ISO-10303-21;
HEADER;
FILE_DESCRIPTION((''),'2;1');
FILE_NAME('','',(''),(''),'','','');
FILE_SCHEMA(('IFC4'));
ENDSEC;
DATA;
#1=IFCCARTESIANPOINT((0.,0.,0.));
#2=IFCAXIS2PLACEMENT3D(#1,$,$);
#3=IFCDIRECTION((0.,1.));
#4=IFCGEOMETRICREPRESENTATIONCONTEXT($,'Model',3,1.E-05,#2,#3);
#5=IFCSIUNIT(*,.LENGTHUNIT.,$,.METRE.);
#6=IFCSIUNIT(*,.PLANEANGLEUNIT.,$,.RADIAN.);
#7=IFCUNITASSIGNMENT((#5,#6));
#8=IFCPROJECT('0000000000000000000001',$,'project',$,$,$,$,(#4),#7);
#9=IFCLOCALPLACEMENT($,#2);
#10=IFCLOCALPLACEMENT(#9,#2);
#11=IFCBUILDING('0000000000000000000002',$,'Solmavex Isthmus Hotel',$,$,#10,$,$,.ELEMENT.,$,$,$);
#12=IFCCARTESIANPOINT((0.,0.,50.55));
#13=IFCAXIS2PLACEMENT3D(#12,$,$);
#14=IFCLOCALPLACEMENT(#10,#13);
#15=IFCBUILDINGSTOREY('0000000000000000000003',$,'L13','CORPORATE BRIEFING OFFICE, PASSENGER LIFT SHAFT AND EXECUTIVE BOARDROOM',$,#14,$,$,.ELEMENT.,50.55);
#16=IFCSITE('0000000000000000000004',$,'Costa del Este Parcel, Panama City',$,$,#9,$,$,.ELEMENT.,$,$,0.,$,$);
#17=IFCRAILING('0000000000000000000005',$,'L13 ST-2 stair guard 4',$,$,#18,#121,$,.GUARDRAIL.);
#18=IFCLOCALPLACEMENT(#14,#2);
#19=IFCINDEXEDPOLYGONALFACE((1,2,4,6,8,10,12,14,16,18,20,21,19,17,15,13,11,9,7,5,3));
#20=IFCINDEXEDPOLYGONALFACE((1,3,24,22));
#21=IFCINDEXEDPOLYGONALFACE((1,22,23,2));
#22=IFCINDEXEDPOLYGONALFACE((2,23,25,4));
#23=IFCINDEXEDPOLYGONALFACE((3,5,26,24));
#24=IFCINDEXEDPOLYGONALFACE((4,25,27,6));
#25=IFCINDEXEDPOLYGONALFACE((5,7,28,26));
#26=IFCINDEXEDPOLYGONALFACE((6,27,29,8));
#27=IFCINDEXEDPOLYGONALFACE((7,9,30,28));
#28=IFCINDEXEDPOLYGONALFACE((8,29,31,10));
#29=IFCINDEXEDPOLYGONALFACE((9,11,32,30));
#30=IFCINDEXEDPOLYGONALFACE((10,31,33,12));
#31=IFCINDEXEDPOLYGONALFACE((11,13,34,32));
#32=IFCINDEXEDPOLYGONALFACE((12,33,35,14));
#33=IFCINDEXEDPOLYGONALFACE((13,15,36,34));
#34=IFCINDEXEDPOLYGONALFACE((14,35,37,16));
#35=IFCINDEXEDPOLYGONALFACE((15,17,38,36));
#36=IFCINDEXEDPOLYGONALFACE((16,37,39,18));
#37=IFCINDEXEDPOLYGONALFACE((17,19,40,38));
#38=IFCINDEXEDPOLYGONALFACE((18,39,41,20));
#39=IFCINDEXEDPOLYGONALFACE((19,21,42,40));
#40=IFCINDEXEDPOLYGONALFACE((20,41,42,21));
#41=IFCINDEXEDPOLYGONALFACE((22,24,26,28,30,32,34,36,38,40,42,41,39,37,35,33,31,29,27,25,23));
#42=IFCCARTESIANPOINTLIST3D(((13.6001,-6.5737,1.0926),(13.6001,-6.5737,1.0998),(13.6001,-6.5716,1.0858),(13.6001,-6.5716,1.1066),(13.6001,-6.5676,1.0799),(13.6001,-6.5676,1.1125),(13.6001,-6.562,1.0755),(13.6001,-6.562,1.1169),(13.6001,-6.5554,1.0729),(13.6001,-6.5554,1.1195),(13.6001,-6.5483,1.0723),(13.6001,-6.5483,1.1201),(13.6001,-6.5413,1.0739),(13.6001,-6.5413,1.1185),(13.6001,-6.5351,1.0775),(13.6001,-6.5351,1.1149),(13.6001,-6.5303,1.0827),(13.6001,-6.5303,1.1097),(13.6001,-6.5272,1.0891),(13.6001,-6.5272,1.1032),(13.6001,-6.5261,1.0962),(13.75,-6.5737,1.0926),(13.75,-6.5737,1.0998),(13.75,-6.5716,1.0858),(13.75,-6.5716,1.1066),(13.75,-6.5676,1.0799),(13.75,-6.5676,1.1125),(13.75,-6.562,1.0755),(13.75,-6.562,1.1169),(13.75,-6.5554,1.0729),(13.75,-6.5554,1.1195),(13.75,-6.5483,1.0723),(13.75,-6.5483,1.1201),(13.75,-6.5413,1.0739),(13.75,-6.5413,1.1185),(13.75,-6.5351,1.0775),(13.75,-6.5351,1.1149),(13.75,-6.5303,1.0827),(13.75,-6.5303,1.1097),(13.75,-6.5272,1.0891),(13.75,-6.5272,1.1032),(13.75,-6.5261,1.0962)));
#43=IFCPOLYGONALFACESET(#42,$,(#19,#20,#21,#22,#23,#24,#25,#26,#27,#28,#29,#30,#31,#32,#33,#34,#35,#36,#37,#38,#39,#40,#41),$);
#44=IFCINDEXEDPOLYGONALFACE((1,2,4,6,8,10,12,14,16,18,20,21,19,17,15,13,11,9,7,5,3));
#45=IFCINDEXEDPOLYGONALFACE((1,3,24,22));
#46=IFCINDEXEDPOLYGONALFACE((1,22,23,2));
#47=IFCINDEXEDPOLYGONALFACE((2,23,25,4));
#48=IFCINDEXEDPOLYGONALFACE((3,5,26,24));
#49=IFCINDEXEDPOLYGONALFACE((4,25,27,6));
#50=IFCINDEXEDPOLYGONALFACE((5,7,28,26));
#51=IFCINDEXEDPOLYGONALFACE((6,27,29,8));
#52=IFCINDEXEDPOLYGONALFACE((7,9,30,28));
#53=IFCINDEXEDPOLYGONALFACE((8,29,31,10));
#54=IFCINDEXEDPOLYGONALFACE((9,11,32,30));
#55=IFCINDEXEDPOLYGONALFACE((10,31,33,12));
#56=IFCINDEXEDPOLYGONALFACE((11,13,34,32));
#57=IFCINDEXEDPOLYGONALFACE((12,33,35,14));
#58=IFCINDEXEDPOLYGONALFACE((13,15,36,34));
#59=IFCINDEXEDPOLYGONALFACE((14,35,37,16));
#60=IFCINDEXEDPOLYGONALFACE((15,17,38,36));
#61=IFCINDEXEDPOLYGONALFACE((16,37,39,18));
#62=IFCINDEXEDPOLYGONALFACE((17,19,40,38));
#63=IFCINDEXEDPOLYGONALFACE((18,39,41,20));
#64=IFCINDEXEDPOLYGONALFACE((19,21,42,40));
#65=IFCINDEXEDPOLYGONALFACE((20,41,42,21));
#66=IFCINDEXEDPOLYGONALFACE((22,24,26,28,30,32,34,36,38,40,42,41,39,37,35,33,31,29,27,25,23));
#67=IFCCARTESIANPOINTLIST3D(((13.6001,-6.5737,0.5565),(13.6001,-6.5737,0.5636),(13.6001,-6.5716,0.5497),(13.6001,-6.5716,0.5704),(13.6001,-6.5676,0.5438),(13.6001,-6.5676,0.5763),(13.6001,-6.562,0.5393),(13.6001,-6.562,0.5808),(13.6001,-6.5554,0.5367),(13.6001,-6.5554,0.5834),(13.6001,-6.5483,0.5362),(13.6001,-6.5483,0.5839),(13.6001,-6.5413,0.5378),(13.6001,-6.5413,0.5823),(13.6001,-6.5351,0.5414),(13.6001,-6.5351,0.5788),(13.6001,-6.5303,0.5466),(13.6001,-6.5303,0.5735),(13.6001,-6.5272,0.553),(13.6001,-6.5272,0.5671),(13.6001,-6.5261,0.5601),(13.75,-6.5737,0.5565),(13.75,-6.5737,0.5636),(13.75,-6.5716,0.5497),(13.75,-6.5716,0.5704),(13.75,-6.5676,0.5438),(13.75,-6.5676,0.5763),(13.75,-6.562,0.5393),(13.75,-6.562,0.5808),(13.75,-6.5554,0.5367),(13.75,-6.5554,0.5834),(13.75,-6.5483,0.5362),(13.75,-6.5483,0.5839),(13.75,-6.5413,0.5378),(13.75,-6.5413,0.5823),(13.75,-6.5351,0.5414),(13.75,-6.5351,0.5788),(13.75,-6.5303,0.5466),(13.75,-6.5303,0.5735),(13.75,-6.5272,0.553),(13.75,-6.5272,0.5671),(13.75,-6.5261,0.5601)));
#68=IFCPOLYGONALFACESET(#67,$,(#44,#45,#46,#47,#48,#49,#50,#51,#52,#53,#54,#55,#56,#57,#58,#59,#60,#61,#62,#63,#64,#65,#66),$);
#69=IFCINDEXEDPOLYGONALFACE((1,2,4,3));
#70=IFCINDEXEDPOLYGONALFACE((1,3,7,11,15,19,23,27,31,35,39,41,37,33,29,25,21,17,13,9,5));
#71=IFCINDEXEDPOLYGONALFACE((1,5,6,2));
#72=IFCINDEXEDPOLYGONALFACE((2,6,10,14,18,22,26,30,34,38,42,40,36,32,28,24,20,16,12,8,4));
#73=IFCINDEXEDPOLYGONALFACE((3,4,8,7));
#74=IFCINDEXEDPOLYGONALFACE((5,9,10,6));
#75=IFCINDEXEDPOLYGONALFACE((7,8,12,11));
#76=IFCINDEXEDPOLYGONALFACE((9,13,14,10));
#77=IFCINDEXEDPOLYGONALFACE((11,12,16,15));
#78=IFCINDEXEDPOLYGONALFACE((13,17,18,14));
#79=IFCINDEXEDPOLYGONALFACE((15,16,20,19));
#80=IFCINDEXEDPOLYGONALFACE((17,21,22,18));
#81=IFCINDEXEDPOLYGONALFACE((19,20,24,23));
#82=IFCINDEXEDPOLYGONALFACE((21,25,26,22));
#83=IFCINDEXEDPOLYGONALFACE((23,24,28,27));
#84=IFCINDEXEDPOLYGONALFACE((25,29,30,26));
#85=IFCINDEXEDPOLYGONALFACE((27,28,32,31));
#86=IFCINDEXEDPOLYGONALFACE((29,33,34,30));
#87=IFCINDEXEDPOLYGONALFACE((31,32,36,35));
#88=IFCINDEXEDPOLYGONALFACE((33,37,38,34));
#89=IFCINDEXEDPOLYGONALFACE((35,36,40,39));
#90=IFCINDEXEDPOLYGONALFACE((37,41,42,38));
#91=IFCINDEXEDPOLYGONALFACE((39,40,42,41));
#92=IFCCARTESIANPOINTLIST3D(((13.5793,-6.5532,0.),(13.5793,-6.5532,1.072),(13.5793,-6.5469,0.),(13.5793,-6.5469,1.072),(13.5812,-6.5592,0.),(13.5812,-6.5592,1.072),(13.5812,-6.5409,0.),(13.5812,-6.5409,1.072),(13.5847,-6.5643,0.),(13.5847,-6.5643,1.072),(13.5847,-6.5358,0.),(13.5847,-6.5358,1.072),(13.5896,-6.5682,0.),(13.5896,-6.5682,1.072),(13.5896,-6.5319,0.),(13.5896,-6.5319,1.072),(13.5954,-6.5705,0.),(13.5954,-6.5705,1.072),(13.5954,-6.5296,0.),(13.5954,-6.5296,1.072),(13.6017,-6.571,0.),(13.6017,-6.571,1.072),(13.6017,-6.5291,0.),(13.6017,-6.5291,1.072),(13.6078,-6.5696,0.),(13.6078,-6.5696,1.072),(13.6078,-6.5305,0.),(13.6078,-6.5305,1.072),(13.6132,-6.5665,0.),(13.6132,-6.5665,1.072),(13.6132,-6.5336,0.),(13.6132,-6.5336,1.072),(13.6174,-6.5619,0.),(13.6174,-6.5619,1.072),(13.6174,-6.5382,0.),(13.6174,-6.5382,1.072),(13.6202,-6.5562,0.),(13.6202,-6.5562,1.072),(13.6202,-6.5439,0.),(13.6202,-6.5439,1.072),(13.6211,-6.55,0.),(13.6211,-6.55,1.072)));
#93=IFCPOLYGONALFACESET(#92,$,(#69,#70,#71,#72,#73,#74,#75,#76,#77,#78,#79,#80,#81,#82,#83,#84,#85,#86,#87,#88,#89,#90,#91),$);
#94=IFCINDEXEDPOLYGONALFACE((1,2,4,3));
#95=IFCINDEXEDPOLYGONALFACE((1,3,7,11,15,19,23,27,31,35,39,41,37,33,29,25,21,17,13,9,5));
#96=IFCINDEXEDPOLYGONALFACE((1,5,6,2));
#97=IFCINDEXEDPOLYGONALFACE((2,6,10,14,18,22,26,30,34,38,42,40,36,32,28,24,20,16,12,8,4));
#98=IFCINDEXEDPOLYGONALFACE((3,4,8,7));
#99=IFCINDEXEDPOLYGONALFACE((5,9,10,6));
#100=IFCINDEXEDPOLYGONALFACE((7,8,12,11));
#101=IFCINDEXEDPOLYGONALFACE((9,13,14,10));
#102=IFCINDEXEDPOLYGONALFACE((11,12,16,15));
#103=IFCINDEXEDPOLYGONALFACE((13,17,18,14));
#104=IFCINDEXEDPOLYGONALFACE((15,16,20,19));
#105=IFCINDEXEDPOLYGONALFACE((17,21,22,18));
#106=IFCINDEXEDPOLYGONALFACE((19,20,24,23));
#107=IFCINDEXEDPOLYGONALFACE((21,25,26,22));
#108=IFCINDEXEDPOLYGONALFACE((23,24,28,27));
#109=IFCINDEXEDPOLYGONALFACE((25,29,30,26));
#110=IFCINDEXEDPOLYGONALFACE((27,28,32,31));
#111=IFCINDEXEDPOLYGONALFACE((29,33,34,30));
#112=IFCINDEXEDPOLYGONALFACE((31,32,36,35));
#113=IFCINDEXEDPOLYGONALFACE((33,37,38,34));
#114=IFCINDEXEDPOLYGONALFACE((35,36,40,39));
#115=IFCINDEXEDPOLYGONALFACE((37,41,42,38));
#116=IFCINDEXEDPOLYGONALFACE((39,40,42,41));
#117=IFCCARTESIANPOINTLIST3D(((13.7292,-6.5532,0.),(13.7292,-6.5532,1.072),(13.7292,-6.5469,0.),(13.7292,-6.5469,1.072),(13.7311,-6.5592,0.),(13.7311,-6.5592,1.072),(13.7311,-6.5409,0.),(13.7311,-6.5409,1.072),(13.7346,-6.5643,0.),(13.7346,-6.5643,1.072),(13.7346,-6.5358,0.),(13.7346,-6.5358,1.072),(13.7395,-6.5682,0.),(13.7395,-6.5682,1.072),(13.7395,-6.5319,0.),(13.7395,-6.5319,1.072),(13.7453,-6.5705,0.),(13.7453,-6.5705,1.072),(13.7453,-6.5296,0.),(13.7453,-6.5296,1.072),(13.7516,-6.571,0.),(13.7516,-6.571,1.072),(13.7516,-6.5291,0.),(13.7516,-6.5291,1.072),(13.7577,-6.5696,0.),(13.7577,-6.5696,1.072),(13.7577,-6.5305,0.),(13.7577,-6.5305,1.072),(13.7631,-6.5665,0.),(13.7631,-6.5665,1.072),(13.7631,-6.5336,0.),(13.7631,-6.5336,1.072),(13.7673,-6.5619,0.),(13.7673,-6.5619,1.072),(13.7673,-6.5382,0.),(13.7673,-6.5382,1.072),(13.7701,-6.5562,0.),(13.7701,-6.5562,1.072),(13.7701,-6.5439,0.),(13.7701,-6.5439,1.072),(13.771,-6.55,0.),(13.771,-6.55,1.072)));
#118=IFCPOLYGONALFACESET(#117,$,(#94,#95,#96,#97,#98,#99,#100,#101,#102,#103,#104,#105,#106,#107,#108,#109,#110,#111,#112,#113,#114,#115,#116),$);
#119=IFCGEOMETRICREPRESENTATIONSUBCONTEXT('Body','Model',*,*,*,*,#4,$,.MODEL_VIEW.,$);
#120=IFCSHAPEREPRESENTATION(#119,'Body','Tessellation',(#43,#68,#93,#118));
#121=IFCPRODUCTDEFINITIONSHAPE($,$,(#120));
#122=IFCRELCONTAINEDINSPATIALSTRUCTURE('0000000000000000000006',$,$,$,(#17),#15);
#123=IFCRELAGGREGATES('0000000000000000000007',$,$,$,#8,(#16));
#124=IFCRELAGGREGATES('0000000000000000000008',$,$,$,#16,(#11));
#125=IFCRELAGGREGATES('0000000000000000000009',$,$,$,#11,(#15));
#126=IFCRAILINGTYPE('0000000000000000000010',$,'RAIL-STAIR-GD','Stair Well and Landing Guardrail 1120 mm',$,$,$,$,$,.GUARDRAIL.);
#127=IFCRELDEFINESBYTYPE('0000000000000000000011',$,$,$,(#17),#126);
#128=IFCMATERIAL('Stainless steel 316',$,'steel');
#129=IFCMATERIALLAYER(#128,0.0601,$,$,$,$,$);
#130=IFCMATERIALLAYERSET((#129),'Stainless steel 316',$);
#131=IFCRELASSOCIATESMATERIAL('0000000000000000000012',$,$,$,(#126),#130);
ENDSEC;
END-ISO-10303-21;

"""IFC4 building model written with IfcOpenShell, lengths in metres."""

from ifc_helpers import new_model, si_unit, direction, frame, origin, origin_2d, place, context, subcontext, project, spatial, circle, extrude, material, layer, layer_set, type_object, element, save


model = new_model("IFC4")

# Units and contexts
model_context = context("Model", 3, precision=1e-05, world=origin(), true_north=direction((0.0, 1.0)))
body_context = subcontext(model_context, "Body", "Model", "MODEL_VIEW")
ifc_project = project(units=[si_unit("LENGTHUNIT", "METRE"), si_unit("PLANEANGLEUNIT", "RADIAN")], contexts=[model_context])

# Site, building, storey
site_placement = place(None, origin())
site = spatial("IfcSite", under=ifc_project, at=site_placement, Name="Costa del Este Parcel, Panama City", CompositionType="ELEMENT", RefElevation=0.0)
building_placement = place(site_placement, origin())
building = spatial("IfcBuilding", under=site, at=building_placement, Name="Solmavex Isthmus Hotel", CompositionType="ELEMENT")
storey_placement = place(building_placement, frame((0.0, 0.0, 50.55)))
storey = spatial("IfcBuildingStorey", under=building, at=storey_placement, Name="L13", Description="CORPORATE BRIEFING OFFICE, PASSENGER LIFT SHAFT AND EXECUTIVE BOARDROOM", CompositionType="ELEMENT", Elevation=50.55)

# Railing
ifc_material_1 = material(Name="Stainless steel 316", Category="steel")
ifc_layer_1 = layer(ifc_material_1, 0.0601)
ifc_layer_set_1 = layer_set([ifc_layer_1], Name="Stainless steel 316")
railing_type_1 = type_object("IfcRailingType", Name="RAIL-STAIR-GD", Description="Stair Well and Landing Guardrail 1120 mm", PredefinedType="GUARDRAIL", material=ifc_layer_set_1)
railing_1_placement = place(storey_placement, frame((13.6001, -6.55, 0.0)))
element("IfcRailing", 1, at=railing_1_placement, inside=storey, type_object=railing_type_1, Name="L13 ST-2 stair guard 4", PredefinedType="GUARDRAIL", context=body_context, shape_type="SweptSolid", body=[
    extrude(circle(Radius=0.0239, at=origin_2d()), frame((0.0, 0.0, 1.0962), z_axis=(1.0, 0.0, 0.0), x_axis=(0.0, 1.0, 0.0)), (0.0, 0.0, 1.0), 0.1499),
    extrude(circle(Radius=0.0239, at=origin_2d()), frame((0.0, 0.0, 0.5601), z_axis=(1.0, 0.0, 0.0), x_axis=(0.0, 1.0, 0.0)), (0.0, 0.0, 1.0), 0.1499),
    extrude(circle(Radius=0.021, at=origin_2d()), origin(), (0.0, 0.0, 1.0), 1.072),
    extrude(circle(Radius=0.021, at=origin_2d()), frame((0.1499, 0.0, 0.0)), (0.0, 0.0, 1.0), 1.072),
])

save(model, "model.ifc")
